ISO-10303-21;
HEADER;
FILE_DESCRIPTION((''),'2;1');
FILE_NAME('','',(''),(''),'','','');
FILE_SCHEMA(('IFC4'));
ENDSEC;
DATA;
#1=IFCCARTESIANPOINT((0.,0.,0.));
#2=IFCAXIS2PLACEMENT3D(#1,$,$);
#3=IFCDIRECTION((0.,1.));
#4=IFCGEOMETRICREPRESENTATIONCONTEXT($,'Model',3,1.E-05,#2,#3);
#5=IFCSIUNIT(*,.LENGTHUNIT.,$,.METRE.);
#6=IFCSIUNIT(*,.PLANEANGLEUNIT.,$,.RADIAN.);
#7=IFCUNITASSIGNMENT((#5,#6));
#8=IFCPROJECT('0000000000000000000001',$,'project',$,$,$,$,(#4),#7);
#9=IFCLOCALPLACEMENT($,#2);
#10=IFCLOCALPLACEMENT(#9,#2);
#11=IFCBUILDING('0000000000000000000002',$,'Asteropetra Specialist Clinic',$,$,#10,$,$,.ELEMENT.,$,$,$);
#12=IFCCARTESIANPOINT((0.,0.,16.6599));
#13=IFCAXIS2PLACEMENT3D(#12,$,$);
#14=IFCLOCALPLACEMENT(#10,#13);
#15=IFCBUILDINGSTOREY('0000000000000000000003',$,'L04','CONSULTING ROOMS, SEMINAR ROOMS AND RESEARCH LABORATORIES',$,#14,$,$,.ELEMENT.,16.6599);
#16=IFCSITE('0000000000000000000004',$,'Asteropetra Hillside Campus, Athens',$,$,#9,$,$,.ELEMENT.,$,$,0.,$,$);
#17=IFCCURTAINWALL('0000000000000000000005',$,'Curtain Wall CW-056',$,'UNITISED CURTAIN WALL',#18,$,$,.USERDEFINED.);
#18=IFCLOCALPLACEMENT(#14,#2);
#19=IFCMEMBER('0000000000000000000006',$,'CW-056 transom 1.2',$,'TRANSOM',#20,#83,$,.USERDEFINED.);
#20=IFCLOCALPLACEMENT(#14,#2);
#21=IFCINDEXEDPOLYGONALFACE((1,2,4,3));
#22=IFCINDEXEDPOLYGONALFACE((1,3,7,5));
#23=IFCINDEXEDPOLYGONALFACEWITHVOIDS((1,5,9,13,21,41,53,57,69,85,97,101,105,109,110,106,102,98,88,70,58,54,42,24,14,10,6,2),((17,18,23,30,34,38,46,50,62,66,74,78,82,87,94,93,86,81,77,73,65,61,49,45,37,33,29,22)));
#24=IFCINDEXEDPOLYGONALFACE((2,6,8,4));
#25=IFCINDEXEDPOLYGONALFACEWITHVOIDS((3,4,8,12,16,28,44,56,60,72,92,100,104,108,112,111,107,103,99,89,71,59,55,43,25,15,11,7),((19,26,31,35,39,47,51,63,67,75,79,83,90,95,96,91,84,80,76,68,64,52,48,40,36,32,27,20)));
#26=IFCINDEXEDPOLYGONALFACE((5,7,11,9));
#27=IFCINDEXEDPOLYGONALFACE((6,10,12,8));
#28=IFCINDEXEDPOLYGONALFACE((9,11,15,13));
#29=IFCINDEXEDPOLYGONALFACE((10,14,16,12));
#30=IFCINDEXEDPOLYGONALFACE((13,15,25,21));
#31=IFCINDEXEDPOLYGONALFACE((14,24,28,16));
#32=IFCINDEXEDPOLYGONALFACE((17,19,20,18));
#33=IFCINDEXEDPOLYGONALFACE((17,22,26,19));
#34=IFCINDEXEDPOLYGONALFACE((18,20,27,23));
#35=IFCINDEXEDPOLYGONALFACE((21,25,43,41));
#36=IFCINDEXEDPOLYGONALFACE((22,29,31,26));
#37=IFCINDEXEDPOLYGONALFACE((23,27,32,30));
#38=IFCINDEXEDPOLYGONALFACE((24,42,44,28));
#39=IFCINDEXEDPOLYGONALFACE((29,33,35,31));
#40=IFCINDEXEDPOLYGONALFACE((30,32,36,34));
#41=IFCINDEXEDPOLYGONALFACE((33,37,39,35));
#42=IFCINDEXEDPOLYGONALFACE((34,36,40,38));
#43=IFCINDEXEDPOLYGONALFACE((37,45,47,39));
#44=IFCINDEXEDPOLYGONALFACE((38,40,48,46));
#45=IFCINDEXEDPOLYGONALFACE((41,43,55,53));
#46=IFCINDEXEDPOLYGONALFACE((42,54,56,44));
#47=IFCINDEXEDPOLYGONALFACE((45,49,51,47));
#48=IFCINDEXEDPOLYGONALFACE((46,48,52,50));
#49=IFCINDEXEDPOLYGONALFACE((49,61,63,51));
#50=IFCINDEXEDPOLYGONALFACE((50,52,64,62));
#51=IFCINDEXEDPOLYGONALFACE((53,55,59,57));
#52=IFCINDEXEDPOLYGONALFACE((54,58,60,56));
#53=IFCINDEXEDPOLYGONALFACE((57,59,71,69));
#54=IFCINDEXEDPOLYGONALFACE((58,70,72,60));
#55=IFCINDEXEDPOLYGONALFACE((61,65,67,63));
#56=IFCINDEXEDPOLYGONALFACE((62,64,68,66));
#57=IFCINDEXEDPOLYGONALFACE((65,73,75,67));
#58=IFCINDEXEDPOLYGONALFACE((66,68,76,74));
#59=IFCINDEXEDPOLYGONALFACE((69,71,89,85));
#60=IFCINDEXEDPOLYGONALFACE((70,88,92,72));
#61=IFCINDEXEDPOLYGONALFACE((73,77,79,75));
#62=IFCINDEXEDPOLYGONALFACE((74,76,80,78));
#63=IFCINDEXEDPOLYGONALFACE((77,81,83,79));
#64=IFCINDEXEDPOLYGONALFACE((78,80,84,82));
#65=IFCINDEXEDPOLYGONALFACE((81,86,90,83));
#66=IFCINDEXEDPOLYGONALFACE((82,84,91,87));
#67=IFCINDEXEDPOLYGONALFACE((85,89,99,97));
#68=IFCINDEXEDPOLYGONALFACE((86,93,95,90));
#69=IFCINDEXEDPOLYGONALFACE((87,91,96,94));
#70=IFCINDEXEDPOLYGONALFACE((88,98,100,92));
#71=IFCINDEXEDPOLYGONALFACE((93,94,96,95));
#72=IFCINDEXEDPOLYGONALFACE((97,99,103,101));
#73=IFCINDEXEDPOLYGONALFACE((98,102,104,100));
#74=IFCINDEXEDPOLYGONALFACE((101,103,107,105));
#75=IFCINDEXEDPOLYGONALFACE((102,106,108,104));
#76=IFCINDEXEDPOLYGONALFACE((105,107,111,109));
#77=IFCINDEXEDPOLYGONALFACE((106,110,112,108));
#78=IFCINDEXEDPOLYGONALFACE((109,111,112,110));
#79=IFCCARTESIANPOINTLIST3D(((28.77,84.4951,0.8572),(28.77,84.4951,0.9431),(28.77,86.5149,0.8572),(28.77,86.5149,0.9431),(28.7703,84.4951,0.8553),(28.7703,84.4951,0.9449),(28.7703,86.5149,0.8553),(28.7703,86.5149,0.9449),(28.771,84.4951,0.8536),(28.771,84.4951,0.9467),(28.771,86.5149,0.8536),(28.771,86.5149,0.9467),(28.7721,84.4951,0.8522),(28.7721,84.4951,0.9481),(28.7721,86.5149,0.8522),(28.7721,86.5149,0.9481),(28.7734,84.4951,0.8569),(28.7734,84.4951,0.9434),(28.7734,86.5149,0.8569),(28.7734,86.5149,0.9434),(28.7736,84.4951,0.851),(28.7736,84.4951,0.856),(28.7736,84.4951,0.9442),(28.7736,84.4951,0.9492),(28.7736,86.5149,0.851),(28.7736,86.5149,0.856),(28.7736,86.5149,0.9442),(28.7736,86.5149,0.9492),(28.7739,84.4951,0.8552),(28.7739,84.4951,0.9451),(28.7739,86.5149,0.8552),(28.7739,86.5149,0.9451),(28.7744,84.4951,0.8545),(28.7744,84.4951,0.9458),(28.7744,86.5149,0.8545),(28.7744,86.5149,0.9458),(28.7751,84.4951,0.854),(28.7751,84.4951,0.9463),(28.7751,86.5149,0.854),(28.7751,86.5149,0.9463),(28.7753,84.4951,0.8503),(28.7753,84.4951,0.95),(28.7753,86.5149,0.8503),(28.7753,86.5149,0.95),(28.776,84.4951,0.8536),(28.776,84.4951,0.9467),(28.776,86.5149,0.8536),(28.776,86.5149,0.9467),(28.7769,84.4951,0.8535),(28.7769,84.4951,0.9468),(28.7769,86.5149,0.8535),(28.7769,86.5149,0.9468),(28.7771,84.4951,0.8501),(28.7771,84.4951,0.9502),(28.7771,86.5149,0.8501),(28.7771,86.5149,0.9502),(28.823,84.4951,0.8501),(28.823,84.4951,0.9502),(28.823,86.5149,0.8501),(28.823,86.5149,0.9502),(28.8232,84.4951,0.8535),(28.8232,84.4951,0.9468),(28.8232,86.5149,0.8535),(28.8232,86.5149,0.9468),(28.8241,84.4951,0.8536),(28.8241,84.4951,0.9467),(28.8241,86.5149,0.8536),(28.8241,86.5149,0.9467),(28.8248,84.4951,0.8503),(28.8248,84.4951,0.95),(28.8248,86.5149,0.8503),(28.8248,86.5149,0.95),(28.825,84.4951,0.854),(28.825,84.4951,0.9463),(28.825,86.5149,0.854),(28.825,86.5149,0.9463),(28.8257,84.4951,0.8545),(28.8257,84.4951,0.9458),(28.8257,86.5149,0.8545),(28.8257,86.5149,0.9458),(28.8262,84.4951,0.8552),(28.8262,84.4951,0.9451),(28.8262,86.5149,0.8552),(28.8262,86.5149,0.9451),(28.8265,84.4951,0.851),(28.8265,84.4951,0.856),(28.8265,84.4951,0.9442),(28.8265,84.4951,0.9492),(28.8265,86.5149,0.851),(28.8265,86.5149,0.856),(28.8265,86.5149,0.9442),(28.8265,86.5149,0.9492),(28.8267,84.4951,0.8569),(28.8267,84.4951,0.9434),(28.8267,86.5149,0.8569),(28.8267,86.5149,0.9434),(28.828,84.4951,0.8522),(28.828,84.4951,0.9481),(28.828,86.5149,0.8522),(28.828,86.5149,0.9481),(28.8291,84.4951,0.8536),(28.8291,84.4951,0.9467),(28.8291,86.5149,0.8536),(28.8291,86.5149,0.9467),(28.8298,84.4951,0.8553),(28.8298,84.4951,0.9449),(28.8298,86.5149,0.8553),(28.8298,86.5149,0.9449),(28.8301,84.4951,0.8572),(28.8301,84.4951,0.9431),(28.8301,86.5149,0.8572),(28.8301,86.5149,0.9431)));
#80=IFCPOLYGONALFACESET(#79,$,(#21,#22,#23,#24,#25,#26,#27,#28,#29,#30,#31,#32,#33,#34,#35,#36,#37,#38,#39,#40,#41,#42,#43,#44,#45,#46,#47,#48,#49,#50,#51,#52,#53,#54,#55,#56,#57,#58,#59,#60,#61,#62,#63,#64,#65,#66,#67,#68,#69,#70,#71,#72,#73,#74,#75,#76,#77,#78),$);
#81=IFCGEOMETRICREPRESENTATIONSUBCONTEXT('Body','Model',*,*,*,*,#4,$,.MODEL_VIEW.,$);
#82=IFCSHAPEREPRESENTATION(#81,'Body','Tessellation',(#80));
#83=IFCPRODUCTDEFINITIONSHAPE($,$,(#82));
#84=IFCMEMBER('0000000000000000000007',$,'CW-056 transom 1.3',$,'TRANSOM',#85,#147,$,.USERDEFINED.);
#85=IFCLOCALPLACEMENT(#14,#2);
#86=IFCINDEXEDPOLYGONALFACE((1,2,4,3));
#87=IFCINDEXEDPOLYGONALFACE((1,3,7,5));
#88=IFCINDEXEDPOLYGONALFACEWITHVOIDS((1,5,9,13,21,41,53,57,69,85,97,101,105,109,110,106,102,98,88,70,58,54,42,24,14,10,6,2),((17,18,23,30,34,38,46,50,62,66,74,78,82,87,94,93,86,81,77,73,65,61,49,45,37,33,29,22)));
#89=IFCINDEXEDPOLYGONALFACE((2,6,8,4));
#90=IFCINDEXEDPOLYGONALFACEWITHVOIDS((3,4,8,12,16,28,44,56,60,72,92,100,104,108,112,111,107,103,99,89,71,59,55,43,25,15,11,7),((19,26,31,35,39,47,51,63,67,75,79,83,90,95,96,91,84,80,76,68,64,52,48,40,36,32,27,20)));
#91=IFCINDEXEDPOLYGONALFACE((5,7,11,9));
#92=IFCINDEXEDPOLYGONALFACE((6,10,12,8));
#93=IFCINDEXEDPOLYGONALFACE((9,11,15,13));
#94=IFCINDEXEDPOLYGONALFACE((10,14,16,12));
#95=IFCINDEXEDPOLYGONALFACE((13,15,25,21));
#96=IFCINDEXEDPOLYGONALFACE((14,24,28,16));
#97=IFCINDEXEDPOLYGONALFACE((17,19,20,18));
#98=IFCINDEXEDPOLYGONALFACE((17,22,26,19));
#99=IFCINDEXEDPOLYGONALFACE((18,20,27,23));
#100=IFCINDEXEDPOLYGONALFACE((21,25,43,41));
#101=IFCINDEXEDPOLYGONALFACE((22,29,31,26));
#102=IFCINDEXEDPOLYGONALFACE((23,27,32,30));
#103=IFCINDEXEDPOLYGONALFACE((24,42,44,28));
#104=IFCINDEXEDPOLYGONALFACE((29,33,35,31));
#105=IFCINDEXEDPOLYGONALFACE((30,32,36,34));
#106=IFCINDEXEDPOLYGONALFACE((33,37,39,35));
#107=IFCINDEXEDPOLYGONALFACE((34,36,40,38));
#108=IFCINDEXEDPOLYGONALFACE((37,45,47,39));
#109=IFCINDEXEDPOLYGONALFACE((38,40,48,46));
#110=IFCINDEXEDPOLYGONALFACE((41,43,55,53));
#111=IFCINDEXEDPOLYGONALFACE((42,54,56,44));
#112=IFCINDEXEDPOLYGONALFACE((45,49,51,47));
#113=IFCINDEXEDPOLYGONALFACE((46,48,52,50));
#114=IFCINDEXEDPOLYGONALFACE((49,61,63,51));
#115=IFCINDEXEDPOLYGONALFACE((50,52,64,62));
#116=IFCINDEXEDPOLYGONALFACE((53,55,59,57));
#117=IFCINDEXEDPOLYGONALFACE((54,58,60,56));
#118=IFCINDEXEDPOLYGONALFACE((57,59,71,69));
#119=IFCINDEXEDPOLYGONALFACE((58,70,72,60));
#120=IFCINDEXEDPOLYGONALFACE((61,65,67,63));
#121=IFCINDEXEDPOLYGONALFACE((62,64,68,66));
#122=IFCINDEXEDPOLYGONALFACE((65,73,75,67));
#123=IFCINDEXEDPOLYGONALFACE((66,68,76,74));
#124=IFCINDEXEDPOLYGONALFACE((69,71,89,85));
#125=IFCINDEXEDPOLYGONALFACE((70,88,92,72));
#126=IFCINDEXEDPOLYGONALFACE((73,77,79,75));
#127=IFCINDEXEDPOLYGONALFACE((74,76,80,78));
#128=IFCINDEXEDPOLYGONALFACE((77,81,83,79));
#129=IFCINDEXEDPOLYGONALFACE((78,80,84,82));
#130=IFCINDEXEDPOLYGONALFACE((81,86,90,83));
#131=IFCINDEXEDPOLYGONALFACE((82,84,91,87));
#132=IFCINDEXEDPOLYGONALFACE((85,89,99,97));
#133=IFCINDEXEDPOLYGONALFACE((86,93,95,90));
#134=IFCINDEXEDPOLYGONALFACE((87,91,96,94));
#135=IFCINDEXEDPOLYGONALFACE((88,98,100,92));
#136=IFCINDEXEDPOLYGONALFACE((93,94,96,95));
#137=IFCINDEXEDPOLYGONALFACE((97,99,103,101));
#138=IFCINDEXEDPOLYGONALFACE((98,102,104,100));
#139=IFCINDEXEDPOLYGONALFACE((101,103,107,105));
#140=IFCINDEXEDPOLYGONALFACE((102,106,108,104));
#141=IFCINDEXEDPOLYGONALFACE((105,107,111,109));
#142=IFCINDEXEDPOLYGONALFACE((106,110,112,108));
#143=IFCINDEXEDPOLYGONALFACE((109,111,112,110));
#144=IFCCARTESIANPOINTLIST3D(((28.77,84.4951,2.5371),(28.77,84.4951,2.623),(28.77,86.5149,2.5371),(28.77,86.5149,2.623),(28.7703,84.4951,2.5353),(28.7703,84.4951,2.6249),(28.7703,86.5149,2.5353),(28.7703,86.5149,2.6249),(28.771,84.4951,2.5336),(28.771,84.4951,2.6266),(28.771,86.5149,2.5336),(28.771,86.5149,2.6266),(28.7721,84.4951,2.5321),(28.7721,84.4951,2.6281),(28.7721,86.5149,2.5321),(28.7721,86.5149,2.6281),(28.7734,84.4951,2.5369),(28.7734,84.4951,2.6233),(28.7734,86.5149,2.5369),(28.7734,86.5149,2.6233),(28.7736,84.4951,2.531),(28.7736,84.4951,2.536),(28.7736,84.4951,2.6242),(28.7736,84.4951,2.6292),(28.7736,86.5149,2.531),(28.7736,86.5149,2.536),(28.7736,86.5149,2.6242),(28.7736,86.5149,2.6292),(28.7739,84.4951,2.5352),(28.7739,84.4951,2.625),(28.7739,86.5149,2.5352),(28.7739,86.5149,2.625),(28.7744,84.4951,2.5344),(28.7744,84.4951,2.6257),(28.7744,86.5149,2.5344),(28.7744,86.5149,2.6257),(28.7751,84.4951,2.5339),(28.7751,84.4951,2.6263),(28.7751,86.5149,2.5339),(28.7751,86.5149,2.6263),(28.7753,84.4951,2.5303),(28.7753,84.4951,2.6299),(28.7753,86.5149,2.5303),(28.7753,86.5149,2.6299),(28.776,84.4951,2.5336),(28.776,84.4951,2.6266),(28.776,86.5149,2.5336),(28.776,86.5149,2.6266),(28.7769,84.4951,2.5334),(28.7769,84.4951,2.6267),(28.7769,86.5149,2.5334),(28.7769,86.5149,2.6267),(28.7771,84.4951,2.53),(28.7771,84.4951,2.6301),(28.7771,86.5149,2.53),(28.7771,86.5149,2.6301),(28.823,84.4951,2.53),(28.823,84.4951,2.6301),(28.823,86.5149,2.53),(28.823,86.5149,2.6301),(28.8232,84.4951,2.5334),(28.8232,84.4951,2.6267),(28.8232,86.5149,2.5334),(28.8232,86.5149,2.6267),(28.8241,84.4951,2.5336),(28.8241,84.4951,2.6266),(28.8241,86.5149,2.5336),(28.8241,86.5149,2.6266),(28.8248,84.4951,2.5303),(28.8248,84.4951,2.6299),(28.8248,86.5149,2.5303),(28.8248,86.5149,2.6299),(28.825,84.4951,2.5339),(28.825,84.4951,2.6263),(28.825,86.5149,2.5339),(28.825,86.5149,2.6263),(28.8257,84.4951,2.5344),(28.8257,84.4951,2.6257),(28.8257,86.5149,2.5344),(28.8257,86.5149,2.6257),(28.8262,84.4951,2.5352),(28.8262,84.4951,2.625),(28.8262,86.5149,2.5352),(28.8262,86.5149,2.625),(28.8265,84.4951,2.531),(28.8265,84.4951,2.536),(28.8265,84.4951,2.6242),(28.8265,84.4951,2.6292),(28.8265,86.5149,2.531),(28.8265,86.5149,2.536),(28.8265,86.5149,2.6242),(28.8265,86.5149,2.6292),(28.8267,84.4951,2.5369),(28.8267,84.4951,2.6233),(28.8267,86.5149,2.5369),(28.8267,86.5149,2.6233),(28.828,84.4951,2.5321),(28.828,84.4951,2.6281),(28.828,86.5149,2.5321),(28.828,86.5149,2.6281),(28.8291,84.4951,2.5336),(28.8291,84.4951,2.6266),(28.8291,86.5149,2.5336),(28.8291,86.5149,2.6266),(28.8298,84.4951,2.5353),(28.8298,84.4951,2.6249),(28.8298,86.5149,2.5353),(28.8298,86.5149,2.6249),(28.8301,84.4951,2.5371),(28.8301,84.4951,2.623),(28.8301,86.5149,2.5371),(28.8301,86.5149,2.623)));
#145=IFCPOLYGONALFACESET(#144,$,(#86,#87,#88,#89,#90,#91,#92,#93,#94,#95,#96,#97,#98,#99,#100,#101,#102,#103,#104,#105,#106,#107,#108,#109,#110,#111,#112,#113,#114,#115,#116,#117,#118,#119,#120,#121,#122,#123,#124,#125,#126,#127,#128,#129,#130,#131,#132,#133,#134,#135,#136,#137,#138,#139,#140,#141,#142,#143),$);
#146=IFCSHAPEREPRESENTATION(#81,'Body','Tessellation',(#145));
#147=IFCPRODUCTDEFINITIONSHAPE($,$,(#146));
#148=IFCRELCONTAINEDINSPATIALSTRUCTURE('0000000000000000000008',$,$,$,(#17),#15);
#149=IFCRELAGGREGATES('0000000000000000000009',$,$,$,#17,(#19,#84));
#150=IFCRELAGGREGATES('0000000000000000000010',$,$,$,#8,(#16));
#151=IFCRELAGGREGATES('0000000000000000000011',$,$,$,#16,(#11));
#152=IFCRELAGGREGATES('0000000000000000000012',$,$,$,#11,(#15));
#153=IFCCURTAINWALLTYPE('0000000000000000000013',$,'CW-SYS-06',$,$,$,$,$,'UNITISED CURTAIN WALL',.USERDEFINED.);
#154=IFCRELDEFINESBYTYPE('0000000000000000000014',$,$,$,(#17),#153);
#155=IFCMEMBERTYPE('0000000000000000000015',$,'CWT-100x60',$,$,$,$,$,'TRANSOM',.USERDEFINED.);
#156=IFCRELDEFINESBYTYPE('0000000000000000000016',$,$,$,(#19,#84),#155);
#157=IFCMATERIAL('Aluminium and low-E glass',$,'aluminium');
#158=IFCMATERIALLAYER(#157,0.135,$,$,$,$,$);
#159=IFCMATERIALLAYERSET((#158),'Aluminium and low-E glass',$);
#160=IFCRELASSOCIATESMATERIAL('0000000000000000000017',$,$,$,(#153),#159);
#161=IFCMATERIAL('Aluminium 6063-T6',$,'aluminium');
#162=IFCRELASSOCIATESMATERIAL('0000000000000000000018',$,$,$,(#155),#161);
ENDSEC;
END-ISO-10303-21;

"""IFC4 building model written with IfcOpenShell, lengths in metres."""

from ifc_helpers import new_model, si_unit, direction, frame, origin, origin_2d, place, context, subcontext, project, spatial, hollow_rectangle, extrude, material, layer, layer_set, material_profile, profile_set, type_object, element, aggregate, save


model = new_model("IFC4")

# Units and contexts
model_context = context("Model", 3, precision=1e-05, world=origin(), true_north=direction((0.0, 1.0)))
body_context = subcontext(model_context, "Body", "Model", "MODEL_VIEW")
ifc_project = project(units=[si_unit("LENGTHUNIT", "METRE"), si_unit("PLANEANGLEUNIT", "RADIAN")], contexts=[model_context])

# Site, building, storey
site_placement = place(None, origin())
site = spatial("IfcSite", under=ifc_project, at=site_placement, Name="Asteropetra Hillside Campus, Athens", CompositionType="ELEMENT", RefElevation=0.0)
building_placement = place(site_placement, origin())
building = spatial("IfcBuilding", under=site, at=building_placement, Name="Asteropetra Specialist Clinic", CompositionType="ELEMENT")
storey_placement = place(building_placement, frame((0.0, 0.0, 16.6599)))
storey = spatial("IfcBuildingStorey", under=building, at=storey_placement, Name="L04", Description="CONSULTING ROOMS, SEMINAR ROOMS AND RESEARCH LABORATORIES", CompositionType="ELEMENT", Elevation=16.6599)

# Curtain wall, members
ifc_material_1 = material(Name="Aluminium and low-E glass", Category="aluminium")
ifc_layer_1 = layer(ifc_material_1, 0.135)
ifc_layer_set_1 = layer_set([ifc_layer_1], Name="Aluminium and low-E glass")
curtain_wall_type = type_object("IfcCurtainWallType", Name="CW-SYS-06", ElementType="UNITISED CURTAIN WALL", PredefinedType="USERDEFINED", material=ifc_layer_set_1)
curtain_wall_placement = place(storey_placement, origin())
curtain_wall = element("IfcCurtainWall", 1, at=curtain_wall_placement, inside=storey, type_object=curtain_wall_type, Name="Curtain Wall CW-056", ObjectType="UNITISED CURTAIN WALL", PredefinedType="USERDEFINED")
ifc_material_2 = material(Name="Aluminium 6063-T6", Category="aluminium")
ifc_material_profile_1 = material_profile(ifc_material_2, hollow_rectangle(XDim=0.0601, YDim=0.1001, WallThickness=0.0034, InnerFilletRadius=0.0034, OuterFilletRadius=0.0071, at=origin_2d()), Name="TRN 100x60x3.5")
ifc_profile_set_1 = profile_set([ifc_material_profile_1], Name="Aluminium 6063-T6")
member_type_1 = type_object("IfcMemberType", Name="CWT-100x60", ElementType="TRANSOM", PredefinedType="USERDEFINED", material=ifc_profile_set_1)
member_1_placement = place(storey_placement, frame((28.8, 84.4951, 0.9001), z_axis=(0.0, 1.0, 0.0), x_axis=(-1.0, 0.0, 0.0)))
member_1 = element("IfcMember", 2, at=member_1_placement, type_object=member_type_1, Name="CW-056 transom 1.2", ObjectType="TRANSOM", PredefinedType="USERDEFINED", context=body_context, shape_type="SweptSolid", body=[
    extrude(hollow_rectangle(XDim=0.0601, YDim=0.1001, WallThickness=0.0034, InnerFilletRadius=0.0034, OuterFilletRadius=0.0071, at=origin_2d()), origin(), (0.0, 0.0, 1.0), 2.0198),
])
member_2_placement = place(storey_placement, frame((28.8, 84.4951, 2.5801), z_axis=(0.0, 1.0, 0.0), x_axis=(-1.0, 0.0, 0.0)))
member_2 = element("IfcMember", 3, at=member_2_placement, type_object=member_type_1, Name="CW-056 transom 1.3", ObjectType="TRANSOM", PredefinedType="USERDEFINED", context=body_context, shape_type="SweptSolid", body=[
    extrude(hollow_rectangle(XDim=0.0601, YDim=0.1001, WallThickness=0.0034, InnerFilletRadius=0.0034, OuterFilletRadius=0.0071, at=origin_2d()), origin(), (0.0, 0.0, 1.0), 2.0198),
])

aggregate(curtain_wall, [member_1, member_2])

save(model, "model.ifc")
